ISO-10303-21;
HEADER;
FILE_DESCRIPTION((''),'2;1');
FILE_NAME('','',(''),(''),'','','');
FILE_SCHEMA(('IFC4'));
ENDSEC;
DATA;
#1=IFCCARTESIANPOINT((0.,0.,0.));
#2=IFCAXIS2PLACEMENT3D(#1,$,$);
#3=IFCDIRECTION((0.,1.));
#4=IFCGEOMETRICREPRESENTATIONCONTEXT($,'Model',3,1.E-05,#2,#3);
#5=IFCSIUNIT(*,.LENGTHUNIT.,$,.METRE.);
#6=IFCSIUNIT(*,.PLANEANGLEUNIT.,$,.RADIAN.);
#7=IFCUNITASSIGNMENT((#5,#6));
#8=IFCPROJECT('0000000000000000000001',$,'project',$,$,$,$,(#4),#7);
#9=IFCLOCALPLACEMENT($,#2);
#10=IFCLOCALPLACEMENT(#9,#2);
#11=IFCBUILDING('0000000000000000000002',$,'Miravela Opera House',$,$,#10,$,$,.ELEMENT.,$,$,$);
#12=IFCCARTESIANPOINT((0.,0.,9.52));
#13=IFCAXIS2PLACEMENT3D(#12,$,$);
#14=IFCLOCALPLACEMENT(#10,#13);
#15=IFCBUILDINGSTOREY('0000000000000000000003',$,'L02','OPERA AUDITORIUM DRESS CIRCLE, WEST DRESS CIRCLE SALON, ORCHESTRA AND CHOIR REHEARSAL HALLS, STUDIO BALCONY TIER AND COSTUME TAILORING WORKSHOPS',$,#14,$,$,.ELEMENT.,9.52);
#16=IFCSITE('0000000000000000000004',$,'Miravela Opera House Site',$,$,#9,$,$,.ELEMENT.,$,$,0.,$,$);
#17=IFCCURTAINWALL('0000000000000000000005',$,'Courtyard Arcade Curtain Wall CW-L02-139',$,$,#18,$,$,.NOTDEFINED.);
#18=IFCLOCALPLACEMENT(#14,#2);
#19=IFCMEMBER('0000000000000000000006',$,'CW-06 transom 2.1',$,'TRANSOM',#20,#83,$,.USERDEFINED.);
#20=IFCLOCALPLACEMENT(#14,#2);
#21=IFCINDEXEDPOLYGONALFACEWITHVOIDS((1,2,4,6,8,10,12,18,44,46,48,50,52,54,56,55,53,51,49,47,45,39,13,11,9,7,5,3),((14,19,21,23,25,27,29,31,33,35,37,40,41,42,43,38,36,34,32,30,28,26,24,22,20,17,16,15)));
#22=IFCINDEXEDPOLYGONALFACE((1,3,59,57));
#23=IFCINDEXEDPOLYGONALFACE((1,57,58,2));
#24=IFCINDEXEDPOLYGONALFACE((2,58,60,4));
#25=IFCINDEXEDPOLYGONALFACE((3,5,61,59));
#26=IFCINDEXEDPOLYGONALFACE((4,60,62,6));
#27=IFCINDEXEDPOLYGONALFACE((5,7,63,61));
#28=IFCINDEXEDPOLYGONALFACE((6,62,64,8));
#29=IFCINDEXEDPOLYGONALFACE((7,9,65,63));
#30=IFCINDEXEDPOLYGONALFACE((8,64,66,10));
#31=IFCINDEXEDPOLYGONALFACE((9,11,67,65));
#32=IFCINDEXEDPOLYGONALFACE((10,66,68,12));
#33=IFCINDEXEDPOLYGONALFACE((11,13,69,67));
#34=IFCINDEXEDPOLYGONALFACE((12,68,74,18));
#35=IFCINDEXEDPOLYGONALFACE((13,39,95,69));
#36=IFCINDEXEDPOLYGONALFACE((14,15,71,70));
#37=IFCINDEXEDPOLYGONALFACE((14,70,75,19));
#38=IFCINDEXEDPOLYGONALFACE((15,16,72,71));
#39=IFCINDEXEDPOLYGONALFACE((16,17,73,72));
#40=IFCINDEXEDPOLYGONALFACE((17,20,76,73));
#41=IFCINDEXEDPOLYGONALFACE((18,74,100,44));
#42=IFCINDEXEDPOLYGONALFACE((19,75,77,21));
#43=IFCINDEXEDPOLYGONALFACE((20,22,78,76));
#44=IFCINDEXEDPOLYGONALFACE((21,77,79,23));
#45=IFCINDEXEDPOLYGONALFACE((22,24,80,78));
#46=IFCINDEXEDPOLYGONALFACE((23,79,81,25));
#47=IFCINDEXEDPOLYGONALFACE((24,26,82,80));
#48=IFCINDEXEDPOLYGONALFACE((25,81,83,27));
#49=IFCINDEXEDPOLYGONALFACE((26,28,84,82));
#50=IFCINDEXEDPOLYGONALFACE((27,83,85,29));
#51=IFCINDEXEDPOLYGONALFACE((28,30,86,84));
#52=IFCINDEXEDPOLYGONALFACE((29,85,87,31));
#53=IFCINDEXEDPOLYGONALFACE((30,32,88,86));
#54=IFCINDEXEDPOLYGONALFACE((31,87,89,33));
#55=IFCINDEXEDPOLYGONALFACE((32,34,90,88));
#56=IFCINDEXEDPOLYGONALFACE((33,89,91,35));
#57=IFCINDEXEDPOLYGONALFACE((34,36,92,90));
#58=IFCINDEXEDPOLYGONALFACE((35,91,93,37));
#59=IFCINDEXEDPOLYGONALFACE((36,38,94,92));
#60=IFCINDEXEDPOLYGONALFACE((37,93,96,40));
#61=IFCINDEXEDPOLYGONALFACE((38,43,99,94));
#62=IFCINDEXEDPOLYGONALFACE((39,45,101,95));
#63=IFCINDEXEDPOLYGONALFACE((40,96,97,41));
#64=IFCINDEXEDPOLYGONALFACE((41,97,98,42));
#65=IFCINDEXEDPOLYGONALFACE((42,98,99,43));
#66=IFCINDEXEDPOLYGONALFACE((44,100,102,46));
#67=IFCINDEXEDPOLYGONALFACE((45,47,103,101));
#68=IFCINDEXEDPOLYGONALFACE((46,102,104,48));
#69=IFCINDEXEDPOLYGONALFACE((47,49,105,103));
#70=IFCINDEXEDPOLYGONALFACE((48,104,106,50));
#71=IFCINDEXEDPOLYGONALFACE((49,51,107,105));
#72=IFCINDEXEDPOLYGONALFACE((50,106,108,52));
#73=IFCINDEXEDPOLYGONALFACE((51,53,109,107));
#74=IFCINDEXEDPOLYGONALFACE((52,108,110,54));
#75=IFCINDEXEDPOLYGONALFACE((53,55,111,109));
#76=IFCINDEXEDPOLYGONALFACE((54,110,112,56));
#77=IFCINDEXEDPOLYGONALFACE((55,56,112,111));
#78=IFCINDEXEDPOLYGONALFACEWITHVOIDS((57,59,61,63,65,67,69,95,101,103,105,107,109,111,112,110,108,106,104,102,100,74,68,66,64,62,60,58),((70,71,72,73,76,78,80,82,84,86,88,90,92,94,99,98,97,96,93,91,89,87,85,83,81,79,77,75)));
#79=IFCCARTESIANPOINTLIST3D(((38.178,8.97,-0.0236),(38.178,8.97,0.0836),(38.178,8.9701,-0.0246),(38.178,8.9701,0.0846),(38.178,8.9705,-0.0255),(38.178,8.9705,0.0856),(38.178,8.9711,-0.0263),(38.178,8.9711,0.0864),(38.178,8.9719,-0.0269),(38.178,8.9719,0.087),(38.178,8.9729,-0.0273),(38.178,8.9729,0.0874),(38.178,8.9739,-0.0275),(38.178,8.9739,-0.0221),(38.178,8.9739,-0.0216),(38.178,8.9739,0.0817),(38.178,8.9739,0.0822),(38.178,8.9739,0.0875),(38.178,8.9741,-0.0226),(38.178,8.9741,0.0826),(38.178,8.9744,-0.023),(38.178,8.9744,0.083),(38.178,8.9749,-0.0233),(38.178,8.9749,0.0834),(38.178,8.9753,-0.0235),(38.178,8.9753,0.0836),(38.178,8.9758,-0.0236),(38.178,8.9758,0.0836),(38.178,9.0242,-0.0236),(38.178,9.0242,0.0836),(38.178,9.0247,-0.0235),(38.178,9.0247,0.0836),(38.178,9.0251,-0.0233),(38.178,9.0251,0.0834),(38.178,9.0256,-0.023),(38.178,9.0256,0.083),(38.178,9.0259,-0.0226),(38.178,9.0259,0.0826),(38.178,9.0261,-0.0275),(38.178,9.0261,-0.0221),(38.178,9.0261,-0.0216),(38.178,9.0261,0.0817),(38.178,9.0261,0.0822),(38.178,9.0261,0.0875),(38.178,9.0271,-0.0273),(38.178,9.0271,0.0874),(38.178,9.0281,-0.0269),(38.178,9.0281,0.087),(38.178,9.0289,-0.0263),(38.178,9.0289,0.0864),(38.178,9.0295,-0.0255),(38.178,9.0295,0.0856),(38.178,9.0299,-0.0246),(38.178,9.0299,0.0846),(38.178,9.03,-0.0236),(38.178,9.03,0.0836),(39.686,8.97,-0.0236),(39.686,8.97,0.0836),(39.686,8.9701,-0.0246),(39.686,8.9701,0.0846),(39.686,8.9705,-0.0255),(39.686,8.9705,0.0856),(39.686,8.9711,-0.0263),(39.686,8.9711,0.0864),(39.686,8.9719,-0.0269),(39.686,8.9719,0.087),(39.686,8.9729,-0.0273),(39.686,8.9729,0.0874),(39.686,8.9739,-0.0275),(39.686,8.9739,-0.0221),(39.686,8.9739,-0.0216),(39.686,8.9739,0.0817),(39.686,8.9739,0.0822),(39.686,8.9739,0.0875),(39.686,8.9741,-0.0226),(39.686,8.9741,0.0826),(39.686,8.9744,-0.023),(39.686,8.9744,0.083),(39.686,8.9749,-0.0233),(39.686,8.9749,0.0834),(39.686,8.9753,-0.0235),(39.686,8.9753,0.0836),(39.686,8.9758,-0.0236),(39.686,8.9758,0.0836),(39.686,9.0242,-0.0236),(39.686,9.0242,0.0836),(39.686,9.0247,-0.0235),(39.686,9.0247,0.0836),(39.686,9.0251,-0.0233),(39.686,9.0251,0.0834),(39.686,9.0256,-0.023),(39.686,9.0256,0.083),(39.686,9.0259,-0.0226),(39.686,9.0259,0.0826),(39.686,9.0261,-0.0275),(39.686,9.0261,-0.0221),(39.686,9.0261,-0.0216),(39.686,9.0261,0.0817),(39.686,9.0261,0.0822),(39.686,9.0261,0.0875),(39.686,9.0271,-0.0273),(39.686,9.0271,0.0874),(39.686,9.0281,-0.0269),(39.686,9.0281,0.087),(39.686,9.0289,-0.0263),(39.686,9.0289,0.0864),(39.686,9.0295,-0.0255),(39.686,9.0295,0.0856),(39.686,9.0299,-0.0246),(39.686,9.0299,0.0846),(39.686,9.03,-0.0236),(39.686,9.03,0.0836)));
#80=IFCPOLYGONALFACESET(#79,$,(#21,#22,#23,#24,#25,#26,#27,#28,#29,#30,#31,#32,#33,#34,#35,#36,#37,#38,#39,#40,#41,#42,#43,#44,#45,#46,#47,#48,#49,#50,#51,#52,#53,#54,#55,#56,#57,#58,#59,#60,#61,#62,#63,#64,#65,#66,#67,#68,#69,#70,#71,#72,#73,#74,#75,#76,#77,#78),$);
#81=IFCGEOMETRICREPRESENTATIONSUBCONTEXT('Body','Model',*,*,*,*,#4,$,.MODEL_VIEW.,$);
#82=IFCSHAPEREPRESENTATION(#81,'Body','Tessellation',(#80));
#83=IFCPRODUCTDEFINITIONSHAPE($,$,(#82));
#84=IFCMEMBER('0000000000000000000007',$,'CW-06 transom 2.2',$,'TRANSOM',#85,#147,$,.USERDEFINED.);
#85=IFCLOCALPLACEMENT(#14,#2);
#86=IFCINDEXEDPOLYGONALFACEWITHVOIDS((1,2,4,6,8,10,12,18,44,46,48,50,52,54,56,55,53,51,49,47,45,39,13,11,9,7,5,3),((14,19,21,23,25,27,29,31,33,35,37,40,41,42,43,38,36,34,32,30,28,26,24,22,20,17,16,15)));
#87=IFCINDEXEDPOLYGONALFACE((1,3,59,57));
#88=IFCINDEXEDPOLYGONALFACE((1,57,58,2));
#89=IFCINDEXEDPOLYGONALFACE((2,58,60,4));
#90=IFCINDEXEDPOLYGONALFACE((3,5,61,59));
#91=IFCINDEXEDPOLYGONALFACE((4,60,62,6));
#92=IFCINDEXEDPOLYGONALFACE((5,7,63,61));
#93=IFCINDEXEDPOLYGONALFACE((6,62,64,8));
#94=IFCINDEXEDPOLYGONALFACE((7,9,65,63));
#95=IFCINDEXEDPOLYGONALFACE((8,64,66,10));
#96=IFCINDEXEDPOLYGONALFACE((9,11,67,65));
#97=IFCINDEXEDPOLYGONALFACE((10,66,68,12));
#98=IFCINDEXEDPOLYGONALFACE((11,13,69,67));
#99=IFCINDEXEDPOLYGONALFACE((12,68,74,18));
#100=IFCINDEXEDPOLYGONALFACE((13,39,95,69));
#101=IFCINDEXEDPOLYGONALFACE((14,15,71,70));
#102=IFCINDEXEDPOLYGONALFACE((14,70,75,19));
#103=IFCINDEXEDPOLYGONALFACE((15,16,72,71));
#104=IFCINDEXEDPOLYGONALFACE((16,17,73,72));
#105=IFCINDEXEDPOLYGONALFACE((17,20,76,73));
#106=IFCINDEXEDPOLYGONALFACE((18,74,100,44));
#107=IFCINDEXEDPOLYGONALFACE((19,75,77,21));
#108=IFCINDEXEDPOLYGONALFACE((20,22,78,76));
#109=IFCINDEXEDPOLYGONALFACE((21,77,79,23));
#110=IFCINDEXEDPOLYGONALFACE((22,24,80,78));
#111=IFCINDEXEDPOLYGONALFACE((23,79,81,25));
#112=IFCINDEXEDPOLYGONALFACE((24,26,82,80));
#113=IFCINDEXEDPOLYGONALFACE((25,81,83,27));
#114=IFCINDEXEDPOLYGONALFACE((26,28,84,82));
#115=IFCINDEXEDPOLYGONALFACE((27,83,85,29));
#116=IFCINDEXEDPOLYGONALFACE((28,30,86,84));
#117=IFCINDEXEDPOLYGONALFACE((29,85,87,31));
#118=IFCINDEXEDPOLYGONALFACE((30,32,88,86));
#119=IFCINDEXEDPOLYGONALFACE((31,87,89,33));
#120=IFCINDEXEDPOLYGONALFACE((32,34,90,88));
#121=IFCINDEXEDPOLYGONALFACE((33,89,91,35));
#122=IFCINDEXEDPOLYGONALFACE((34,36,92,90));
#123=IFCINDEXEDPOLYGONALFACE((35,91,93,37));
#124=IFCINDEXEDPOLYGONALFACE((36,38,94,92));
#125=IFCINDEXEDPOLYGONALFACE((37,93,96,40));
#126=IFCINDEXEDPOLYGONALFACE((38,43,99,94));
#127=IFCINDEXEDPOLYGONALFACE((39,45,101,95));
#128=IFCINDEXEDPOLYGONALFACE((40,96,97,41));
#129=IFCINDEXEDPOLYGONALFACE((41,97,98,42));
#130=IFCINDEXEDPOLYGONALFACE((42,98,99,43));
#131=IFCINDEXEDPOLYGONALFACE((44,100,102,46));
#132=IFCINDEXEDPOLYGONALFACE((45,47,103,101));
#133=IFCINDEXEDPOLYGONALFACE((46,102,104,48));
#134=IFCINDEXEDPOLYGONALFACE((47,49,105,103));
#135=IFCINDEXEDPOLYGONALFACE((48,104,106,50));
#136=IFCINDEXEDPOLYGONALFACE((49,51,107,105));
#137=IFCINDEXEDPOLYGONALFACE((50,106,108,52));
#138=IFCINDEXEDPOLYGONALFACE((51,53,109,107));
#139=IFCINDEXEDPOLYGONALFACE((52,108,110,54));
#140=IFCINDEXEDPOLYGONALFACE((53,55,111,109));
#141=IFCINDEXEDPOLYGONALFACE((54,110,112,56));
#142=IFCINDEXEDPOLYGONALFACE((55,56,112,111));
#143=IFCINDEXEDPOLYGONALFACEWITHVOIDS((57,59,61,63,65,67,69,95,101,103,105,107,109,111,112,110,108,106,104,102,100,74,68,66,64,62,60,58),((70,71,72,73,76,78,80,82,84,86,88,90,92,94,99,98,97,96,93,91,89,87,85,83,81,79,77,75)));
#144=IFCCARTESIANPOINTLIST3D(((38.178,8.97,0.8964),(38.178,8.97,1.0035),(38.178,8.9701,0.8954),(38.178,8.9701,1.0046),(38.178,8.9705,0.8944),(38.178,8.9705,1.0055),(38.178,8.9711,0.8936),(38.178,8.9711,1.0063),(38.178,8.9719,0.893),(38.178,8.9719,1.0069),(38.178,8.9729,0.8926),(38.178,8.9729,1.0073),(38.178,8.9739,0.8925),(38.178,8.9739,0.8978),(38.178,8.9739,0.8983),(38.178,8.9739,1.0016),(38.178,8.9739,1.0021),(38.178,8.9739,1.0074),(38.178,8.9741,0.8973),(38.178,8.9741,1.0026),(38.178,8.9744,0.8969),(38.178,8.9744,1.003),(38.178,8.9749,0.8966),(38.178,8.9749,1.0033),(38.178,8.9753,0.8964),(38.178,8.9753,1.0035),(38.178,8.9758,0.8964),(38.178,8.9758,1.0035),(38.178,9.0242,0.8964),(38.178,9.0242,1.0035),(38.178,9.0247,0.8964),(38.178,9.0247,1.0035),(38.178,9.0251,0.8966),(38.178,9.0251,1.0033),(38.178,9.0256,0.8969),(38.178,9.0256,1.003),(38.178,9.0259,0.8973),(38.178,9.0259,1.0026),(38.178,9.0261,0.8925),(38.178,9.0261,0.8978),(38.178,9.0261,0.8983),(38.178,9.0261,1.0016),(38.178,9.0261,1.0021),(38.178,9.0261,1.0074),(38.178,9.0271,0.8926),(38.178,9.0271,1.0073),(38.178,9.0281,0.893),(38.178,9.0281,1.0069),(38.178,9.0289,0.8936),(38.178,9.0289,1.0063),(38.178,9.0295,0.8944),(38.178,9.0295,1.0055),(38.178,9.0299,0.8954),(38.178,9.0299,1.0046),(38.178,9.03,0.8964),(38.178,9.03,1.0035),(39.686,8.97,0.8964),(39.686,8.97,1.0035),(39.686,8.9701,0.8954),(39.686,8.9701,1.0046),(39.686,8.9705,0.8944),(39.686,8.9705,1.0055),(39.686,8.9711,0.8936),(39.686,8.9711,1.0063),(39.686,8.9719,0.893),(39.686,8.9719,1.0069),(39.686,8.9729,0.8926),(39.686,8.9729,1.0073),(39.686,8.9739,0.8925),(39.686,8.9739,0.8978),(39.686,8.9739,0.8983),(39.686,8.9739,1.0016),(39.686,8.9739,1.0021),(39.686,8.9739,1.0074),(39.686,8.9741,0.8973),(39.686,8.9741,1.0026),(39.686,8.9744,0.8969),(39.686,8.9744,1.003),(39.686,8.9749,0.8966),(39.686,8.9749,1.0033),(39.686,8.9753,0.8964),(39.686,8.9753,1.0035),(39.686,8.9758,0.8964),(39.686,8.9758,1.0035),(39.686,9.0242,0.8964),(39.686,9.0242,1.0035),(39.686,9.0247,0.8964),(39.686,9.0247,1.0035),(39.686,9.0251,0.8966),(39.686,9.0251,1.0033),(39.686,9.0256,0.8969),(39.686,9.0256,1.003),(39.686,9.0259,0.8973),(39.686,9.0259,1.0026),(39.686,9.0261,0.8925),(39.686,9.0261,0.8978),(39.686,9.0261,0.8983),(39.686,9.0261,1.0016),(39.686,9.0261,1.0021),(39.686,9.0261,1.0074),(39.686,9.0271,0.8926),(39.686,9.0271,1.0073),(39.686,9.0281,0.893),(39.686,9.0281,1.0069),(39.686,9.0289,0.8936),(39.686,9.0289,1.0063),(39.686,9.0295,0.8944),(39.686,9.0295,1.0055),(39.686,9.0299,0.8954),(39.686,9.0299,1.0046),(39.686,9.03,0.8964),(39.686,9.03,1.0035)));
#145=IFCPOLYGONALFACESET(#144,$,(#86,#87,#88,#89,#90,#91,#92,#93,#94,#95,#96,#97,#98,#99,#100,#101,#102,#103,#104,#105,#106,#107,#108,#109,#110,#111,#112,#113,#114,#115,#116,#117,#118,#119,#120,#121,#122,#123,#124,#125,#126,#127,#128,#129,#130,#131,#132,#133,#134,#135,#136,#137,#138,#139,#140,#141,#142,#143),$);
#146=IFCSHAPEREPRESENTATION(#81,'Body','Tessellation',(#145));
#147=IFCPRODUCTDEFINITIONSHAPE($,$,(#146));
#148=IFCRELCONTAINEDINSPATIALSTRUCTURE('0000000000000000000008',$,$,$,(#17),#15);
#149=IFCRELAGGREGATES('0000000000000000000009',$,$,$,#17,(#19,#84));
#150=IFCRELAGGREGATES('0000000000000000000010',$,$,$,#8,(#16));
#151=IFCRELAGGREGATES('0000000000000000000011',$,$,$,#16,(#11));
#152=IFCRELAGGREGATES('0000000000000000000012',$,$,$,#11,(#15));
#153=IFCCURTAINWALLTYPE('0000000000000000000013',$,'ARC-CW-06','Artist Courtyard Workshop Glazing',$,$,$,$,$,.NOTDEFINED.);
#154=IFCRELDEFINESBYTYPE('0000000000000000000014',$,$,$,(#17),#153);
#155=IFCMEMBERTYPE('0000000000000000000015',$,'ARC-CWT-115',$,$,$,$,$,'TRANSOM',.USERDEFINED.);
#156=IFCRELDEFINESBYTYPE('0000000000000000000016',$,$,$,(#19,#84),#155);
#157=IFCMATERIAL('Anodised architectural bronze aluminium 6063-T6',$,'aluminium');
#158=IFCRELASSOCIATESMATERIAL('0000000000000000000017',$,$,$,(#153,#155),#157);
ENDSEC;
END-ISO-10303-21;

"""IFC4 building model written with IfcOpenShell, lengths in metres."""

from ifc_helpers import new_model, si_unit, direction, frame, origin, origin_2d, place, context, subcontext, project, spatial, hollow_rectangle, extrude, material, material_profile, profile_set, type_object, element, aggregate, save


model = new_model("IFC4")

# Units and contexts
model_context = context("Model", 3, precision=1e-05, world=origin(), true_north=direction((0.0, 1.0)))
body_context = subcontext(model_context, "Body", "Model", "MODEL_VIEW")
ifc_project = project(units=[si_unit("LENGTHUNIT", "METRE"), si_unit("PLANEANGLEUNIT", "RADIAN")], contexts=[model_context])

# Site, building, storey
site_placement = place(None, origin())
site = spatial("IfcSite", under=ifc_project, at=site_placement, Name="Miravela Opera House Site", CompositionType="ELEMENT", RefElevation=0.0)
building_placement = place(site_placement, origin())
building = spatial("IfcBuilding", under=site, at=building_placement, Name="Miravela Opera House", CompositionType="ELEMENT")
storey_placement = place(building_placement, frame((0.0, 0.0, 9.52)))
storey = spatial("IfcBuildingStorey", under=building, at=storey_placement, Name="L02", Description="OPERA AUDITORIUM DRESS CIRCLE, WEST DRESS CIRCLE SALON, ORCHESTRA AND CHOIR REHEARSAL HALLS, STUDIO BALCONY TIER AND COSTUME TAILORING WORKSHOPS", CompositionType="ELEMENT", Elevation=9.52)

# Curtain wall, members
ifc_material_1 = material(Name="Anodised architectural bronze aluminium 6063-T6", Category="aluminium")
curtain_wall_type = type_object("IfcCurtainWallType", Name="ARC-CW-06", Description="Artist Courtyard Workshop Glazing", PredefinedType="NOTDEFINED", material=ifc_material_1)
curtain_wall_placement = place(storey_placement, origin())
curtain_wall = element("IfcCurtainWall", 1, at=curtain_wall_placement, inside=storey, type_object=curtain_wall_type, Name="Courtyard Arcade Curtain Wall CW-L02-139", PredefinedType="NOTDEFINED")
ifc_material_profile_1 = material_profile(ifc_material_1, hollow_rectangle(XDim=0.0601, YDim=0.115, WallThickness=0.0039, InnerFilletRadius=0.002, OuterFilletRadius=0.0039, at=origin_2d()), Name="CWT-60X115")
ifc_profile_set_1 = profile_set([ifc_material_profile_1])
member_type_1 = type_object("IfcMemberType", Name="ARC-CWT-115", ElementType="TRANSOM", PredefinedType="USERDEFINED", material=ifc_profile_set_1)
member_1_placement = place(storey_placement, frame((38.178, 9.0, 0.03), z_axis=(1.0, 0.0, 0.0), x_axis=(0.0, 1.0, 0.0)))
member_1 = element("IfcMember", 2, at=member_1_placement, type_object=member_type_1, Name="CW-06 transom 2.1", ObjectType="TRANSOM", PredefinedType="USERDEFINED", context=body_context, shape_type="SweptSolid", body=[
    extrude(hollow_rectangle(XDim=0.0601, YDim=0.115, WallThickness=0.0039, InnerFilletRadius=0.002, OuterFilletRadius=0.0039, at=origin_2d()), origin(), (0.0, 0.0, 1.0), 1.5081),
])
member_2_placement = place(storey_placement, frame((38.178, 9.0, 0.95), z_axis=(1.0, 0.0, 0.0), x_axis=(0.0, 1.0, 0.0)))
member_2 = element("IfcMember", 3, at=member_2_placement, type_object=member_type_1, Name="CW-06 transom 2.2", ObjectType="TRANSOM", PredefinedType="USERDEFINED", context=body_context, shape_type="SweptSolid", body=[
    extrude(hollow_rectangle(XDim=0.0601, YDim=0.115, WallThickness=0.0039, InnerFilletRadius=0.002, OuterFilletRadius=0.0039, at=origin_2d()), origin(), (0.0, 0.0, 1.0), 1.5081),
])
aggregate(curtain_wall, [member_1, member_2])

save(model, "model.ifc")
